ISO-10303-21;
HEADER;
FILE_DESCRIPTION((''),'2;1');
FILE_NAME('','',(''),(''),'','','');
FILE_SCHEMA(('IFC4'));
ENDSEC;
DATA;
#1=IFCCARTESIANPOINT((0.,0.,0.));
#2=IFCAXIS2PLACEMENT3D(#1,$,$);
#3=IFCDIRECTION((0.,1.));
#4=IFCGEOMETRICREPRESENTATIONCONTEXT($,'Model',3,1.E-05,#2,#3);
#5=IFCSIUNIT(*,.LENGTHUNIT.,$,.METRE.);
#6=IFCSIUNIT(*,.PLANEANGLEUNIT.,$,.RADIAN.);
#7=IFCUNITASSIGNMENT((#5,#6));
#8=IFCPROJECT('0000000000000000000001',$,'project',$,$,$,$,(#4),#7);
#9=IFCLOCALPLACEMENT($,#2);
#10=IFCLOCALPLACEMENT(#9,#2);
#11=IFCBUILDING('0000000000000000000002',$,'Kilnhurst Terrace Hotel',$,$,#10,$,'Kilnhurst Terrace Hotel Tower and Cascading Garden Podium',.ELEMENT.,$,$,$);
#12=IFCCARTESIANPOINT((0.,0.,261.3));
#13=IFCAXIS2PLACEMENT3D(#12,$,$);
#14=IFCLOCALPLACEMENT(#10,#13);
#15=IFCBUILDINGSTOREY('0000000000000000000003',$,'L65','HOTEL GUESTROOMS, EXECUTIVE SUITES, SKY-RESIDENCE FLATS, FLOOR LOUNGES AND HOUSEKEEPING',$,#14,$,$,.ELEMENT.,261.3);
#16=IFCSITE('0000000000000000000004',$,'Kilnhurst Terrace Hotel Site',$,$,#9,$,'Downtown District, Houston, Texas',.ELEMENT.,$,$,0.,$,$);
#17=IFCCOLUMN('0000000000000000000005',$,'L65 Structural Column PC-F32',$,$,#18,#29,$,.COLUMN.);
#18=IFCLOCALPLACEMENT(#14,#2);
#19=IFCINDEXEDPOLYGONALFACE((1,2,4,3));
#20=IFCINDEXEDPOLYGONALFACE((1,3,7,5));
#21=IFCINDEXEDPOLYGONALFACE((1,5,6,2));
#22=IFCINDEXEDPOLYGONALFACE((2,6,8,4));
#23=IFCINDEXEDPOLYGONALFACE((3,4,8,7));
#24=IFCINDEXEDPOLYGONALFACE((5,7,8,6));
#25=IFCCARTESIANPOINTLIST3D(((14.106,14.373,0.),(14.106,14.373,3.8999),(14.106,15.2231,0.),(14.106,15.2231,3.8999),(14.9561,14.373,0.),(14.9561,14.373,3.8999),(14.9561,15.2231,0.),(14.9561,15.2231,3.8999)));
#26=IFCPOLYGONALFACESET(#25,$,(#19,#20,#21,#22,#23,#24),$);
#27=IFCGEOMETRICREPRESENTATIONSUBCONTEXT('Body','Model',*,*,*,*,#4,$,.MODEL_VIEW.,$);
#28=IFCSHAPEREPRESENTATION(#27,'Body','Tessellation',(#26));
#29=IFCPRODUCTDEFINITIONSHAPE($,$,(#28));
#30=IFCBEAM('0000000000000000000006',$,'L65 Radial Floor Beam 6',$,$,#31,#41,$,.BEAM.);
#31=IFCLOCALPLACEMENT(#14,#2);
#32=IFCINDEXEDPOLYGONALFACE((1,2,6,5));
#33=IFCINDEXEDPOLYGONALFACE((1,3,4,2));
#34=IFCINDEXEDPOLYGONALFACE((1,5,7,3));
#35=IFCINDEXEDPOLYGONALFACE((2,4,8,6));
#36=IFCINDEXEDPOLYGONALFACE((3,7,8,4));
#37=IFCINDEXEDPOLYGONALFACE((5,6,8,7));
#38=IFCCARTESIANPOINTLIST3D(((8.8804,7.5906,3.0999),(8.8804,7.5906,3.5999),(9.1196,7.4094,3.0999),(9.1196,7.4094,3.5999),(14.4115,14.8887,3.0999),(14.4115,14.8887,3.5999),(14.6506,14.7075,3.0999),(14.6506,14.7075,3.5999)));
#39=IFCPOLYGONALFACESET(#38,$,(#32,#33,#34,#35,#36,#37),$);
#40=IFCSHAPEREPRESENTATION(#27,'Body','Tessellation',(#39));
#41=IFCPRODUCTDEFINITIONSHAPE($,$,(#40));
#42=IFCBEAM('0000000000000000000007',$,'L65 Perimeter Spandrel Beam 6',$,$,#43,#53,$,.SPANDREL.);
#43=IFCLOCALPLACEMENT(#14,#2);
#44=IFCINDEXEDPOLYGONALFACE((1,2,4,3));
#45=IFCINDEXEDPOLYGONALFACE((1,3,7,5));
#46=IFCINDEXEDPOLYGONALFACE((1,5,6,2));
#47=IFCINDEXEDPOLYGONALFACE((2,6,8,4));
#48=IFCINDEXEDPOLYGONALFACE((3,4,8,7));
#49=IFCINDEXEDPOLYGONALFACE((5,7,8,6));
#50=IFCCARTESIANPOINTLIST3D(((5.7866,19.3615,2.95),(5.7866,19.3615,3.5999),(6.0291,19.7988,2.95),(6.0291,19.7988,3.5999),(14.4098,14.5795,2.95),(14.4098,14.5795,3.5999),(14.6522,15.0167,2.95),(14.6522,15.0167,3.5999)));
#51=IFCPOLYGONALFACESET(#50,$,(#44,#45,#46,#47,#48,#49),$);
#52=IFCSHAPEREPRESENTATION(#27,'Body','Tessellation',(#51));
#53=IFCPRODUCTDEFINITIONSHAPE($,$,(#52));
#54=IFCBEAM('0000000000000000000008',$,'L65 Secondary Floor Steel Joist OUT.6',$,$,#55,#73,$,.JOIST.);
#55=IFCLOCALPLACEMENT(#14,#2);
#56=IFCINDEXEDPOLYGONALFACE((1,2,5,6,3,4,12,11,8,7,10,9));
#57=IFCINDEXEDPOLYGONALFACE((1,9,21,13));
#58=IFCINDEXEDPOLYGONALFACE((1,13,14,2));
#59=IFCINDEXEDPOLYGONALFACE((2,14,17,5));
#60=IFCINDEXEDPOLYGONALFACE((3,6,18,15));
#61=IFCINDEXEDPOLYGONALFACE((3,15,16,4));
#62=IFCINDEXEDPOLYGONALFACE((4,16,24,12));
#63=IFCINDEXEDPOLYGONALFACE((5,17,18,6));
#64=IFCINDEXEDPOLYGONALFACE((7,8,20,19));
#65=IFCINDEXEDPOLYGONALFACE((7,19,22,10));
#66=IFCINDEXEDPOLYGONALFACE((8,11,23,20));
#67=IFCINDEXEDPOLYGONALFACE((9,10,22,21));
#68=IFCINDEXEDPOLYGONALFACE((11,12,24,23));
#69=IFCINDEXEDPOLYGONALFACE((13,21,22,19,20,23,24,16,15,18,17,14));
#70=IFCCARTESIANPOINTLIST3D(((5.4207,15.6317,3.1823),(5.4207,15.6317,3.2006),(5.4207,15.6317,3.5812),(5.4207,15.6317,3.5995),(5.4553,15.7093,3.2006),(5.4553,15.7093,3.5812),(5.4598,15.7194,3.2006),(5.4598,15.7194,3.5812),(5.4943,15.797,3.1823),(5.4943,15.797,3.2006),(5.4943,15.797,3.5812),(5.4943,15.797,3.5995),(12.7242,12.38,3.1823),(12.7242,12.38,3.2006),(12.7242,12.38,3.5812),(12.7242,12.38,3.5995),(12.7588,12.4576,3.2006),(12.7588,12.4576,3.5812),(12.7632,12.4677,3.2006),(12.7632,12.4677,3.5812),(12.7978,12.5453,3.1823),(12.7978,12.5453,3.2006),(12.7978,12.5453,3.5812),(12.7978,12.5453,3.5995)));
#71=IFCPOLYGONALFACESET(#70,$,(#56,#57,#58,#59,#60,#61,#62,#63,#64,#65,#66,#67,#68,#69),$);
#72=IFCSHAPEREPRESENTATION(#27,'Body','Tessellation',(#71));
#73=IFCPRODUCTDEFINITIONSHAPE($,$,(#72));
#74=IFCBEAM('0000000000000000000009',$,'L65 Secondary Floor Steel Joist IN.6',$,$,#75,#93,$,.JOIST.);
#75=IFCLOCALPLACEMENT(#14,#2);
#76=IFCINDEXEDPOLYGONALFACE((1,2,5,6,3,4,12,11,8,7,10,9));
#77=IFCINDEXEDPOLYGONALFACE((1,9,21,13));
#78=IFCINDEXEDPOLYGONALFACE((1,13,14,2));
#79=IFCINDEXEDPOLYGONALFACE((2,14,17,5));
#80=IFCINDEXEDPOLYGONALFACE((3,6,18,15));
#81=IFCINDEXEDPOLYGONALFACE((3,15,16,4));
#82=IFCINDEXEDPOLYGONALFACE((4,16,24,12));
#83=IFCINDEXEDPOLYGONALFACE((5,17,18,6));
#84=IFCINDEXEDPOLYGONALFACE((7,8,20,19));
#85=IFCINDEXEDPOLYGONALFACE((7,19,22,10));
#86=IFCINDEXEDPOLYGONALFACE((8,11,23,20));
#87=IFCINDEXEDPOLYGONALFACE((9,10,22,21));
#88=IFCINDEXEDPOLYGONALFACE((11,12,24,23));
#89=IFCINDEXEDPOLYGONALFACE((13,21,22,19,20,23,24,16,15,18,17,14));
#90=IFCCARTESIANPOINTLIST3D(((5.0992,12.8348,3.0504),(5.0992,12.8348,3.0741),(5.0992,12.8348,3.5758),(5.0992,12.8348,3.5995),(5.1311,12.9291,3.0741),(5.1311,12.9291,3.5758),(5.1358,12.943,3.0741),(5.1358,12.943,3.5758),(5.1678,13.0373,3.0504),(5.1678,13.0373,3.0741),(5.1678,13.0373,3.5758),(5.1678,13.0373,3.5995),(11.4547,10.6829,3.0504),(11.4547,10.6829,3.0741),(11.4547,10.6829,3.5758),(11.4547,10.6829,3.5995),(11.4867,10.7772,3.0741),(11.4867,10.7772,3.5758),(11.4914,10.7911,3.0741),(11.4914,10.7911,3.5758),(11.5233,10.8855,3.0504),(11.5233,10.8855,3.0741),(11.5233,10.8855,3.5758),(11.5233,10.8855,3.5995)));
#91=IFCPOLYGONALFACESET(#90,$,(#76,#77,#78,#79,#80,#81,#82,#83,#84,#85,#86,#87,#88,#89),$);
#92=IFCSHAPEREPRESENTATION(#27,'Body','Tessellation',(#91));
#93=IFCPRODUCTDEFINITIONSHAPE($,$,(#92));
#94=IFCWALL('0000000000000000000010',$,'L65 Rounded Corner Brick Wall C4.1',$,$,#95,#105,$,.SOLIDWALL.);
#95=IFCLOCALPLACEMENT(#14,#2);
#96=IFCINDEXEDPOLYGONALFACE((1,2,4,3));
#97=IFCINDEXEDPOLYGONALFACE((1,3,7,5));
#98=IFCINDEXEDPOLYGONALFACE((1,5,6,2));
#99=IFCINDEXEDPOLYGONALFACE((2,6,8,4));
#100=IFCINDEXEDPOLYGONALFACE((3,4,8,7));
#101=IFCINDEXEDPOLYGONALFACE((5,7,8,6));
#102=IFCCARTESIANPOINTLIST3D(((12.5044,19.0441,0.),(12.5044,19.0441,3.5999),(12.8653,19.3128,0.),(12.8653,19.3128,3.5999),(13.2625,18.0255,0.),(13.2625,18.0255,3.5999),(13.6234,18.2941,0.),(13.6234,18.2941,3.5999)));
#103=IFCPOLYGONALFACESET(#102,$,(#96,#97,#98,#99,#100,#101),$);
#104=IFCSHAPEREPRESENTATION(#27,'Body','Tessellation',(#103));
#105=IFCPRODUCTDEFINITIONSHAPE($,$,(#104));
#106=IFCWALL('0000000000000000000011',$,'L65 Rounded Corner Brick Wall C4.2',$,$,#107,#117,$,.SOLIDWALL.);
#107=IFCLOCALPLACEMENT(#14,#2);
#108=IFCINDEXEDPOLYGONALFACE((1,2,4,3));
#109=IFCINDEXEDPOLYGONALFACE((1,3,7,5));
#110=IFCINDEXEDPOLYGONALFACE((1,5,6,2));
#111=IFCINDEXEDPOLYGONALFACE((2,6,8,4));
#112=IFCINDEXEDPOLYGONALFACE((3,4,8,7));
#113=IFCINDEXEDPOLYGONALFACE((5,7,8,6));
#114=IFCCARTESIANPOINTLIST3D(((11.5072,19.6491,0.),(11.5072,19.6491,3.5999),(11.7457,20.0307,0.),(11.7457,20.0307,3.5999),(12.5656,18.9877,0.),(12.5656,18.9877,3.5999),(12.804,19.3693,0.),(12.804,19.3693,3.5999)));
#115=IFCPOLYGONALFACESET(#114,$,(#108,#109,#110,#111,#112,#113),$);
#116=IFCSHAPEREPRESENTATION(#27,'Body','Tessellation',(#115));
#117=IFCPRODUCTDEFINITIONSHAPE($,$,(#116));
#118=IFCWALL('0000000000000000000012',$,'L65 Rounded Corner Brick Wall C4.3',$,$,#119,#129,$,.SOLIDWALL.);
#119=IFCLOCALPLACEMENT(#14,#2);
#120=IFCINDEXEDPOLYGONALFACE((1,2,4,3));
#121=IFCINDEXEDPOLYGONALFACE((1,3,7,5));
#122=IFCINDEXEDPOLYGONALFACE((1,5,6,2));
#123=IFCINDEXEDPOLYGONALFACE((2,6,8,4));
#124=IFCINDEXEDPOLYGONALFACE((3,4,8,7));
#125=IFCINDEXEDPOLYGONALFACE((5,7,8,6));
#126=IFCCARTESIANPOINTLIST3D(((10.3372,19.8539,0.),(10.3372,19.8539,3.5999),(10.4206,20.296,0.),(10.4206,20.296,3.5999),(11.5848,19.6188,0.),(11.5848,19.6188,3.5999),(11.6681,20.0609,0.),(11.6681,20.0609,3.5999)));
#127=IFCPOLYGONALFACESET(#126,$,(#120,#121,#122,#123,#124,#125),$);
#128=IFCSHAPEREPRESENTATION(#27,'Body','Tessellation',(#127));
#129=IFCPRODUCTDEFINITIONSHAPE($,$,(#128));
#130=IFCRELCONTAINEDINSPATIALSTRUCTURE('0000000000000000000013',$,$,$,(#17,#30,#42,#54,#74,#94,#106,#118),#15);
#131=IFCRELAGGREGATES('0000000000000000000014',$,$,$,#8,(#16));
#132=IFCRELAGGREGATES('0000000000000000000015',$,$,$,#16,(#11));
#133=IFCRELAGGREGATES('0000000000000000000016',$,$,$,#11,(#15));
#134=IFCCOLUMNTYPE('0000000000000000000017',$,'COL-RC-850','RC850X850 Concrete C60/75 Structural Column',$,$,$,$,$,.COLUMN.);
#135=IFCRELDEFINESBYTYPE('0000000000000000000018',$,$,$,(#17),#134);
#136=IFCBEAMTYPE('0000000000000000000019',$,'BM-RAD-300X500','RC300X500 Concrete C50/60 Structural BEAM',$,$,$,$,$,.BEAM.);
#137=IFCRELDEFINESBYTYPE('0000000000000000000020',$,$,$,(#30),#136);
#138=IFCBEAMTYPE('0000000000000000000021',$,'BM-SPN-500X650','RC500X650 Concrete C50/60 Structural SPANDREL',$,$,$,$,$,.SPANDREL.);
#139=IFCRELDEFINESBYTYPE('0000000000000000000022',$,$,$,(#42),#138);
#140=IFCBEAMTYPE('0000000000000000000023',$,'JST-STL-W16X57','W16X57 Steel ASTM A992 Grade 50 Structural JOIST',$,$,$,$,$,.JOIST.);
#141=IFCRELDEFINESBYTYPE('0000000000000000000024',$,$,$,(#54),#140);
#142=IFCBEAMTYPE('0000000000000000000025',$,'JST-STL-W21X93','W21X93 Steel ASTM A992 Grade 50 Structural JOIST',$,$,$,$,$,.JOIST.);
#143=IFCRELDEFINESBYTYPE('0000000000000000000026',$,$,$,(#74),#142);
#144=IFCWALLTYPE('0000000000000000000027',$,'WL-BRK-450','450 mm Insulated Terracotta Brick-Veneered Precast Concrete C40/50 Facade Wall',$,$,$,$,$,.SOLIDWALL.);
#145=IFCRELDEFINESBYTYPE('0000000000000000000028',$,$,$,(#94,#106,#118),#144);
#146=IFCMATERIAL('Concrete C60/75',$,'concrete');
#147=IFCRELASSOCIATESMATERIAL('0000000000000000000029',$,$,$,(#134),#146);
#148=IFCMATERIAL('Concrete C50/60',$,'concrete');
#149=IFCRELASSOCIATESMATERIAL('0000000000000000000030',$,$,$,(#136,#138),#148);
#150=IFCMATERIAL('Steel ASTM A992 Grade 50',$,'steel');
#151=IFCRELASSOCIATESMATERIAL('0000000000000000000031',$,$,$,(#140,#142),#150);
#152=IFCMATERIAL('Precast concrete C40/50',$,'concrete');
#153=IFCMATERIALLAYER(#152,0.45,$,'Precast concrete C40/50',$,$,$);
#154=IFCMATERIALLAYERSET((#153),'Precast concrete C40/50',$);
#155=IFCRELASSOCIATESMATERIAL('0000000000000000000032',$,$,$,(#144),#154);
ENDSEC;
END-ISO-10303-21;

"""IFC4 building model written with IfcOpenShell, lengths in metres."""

from ifc_helpers import new_model, si_unit, direction, frame, frame_2d, origin, origin_2d, place, context, subcontext, project, spatial, rectangle, i_section, extrude, material, layer, layer_set, material_profile, profile_set, type_object, element, save


model = new_model("IFC4")

# Units and contexts
model_context = context("Model", 3, precision=1e-05, world=origin(), true_north=direction((0.0, 1.0)))
body_context = subcontext(model_context, "Body", "Model", "MODEL_VIEW")
ifc_project = project(units=[si_unit("LENGTHUNIT", "METRE"), si_unit("PLANEANGLEUNIT", "RADIAN")], contexts=[model_context])

# Site, building, storey
site_placement = place(None, origin())
site = spatial("IfcSite", under=ifc_project, at=site_placement, Name="Kilnhurst Terrace Hotel Site", LongName="Downtown District, Houston, Texas", CompositionType="ELEMENT", RefElevation=0.0)
building_placement = place(site_placement, origin())
building = spatial("IfcBuilding", under=site, at=building_placement, Name="Kilnhurst Terrace Hotel", LongName="Kilnhurst Terrace Hotel Tower and Cascading Garden Podium", CompositionType="ELEMENT")
storey_placement = place(building_placement, frame((0.0, 0.0, 261.3)))
storey = spatial("IfcBuildingStorey", under=building, at=storey_placement, Name="L65", Description="HOTEL GUESTROOMS, EXECUTIVE SUITES, SKY-RESIDENCE FLATS, FLOOR LOUNGES AND HOUSEKEEPING", CompositionType="ELEMENT", Elevation=261.3)

# Column
ifc_material_1 = material(Name="Concrete C60/75", Category="concrete")
ifc_material_profile_1 = material_profile(ifc_material_1, rectangle(XDim=0.8501, YDim=0.8501, at=origin_2d()), Name="RC850X850")
ifc_profile_set_1 = profile_set([ifc_material_profile_1], Name="Concrete C60/75")
column_type = type_object("IfcColumnType", Name="COL-RC-850", Description="RC850X850 Concrete C60/75 Structural Column", PredefinedType="COLUMN", material=ifc_profile_set_1)
column_placement = place(storey_placement, frame((14.531, 14.7981, 0.0), z_axis=(0.0, 0.0, 1.0), x_axis=(1.0, 0.0, 0.0)))
element("IfcColumn", 1, at=column_placement, inside=storey, type_object=column_type, Name="L65 Structural Column PC-F32", PredefinedType="COLUMN", context=body_context, shape_type="SweptSolid", body=[
    extrude(rectangle(XDim=0.8501, YDim=0.8501, at=origin_2d()), origin(), (0.0, 0.0, 1.0), 3.8999),
])

# Beams
ifc_material_2 = material(Name="Concrete C50/60", Category="concrete")
ifc_material_profile_2 = material_profile(ifc_material_2, rectangle(XDim=0.3, YDim=0.5, at=origin_2d()), Name="RC300X500")
ifc_profile_set_2 = profile_set([ifc_material_profile_2], Name="Concrete C50/60")
beam_type_1 = type_object("IfcBeamType", Name="BM-RAD-300X500", Description="RC300X500 Concrete C50/60 Structural BEAM", PredefinedType="BEAM", material=ifc_profile_set_2)
beam_1_placement = place(storey_placement, frame((9.0, 7.5, 3.3499), z_axis=(0.604007, 0.796979, 0.0), x_axis=(-0.796979, 0.604007, 0.0)))
element("IfcBeam", 2, at=beam_1_placement, inside=storey, type_object=beam_type_1, Name="L65 Radial Floor Beam 6", PredefinedType="BEAM", context=body_context, shape_type="SweptSolid", body=[
    extrude(rectangle(XDim=0.3, YDim=0.5, at=origin_2d()), origin(), (0.0, 0.0, 1.0), 9.1572),
])
ifc_material_profile_3 = material_profile(ifc_material_2, rectangle(XDim=0.5, YDim=0.6499, at=origin_2d()), Name="RC500X650")
ifc_profile_set_3 = profile_set([ifc_material_profile_3], Name="Concrete C50/60")
beam_type_2 = type_object("IfcBeamType", Name="BM-SPN-500X650", Description="RC500X650 Concrete C50/60 Structural SPANDREL", PredefinedType="SPANDREL", material=ifc_profile_set_3)
beam_2_placement = place(storey_placement, frame((14.531, 14.7981, 3.2749), z_axis=(-0.874527, 0.484976, 0.0), x_axis=(-0.484976, -0.874527, 0.0)))
element("IfcBeam", 3, at=beam_2_placement, inside=storey, type_object=beam_type_2, Name="L65 Perimeter Spandrel Beam 6", PredefinedType="SPANDREL", context=body_context, shape_type="SweptSolid", body=[
    extrude(rectangle(XDim=0.5, YDim=0.6499, at=origin_2d()), origin(), (0.0, 0.0, 1.0), 9.8604),
])
ifc_material_3 = material(Name="Steel ASTM A992 Grade 50", Category="steel")
ifc_material_profile_4 = material_profile(ifc_material_3, i_section(OverallWidth=0.1809, OverallDepth=0.4172, WebThickness=0.011, FlangeThickness=0.0183, at=origin_2d()), Name="W16X57")
ifc_profile_set_4 = profile_set([ifc_material_profile_4], Name="Steel ASTM A992 Grade 50")
beam_type_3 = type_object("IfcBeamType", Name="JST-STL-W16X57", Description="W16X57 Steel ASTM A992 Grade 50 Structural JOIST", PredefinedType="JOIST", material=ifc_profile_set_4)
beam_3_placement = place(storey_placement, frame((12.761, 12.4626, 3.3909), z_axis=(-0.913546, 0.406736, 0.0), x_axis=(-0.406736, -0.913546, 0.0)))
element("IfcBeam", 4, at=beam_3_placement, inside=storey, type_object=beam_type_3, Name="L65 Secondary Floor Steel Joist OUT.6", PredefinedType="JOIST", context=body_context, shape_type="SweptSolid", body=[
    extrude(i_section(OverallWidth=0.1809, OverallDepth=0.4172, WebThickness=0.011, FlangeThickness=0.0183, at=origin_2d()), origin(), (0.0, 0.0, 1.0), 7.9946),
])
ifc_material_profile_5 = material_profile(ifc_material_3, i_section(OverallWidth=0.2139, OverallDepth=0.5491, WebThickness=0.0146, FlangeThickness=0.0237, at=origin_2d()), Name="W21X93")
ifc_profile_set_5 = profile_set([ifc_material_profile_5], Name="Steel ASTM A992 Grade 50")
beam_type_4 = type_object("IfcBeamType", Name="JST-STL-W21X93", Description="W21X93 Steel ASTM A992 Grade 50 Structural JOIST", PredefinedType="JOIST", material=ifc_profile_set_5)
beam_4_placement = place(storey_placement, frame((11.489, 10.7842, 3.325), z_axis=(-0.947181, 0.3207, 0.0), x_axis=(-0.3207, -0.947181, 0.0)))
element("IfcBeam", 5, at=beam_4_placement, inside=storey, type_object=beam_type_4, Name="L65 Secondary Floor Steel Joist IN.6", PredefinedType="JOIST", context=body_context, shape_type="SweptSolid", body=[
    extrude(i_section(OverallWidth=0.2139, OverallDepth=0.5491, WebThickness=0.0146, FlangeThickness=0.0237, at=origin_2d()), origin(), (0.0, 0.0, 1.0), 6.71),
])

# Walls
ifc_material_4 = material(Name="Precast concrete C40/50", Category="concrete")
ifc_layer_1 = layer(ifc_material_4, 0.45, Name="Precast concrete C40/50")
ifc_layer_set_1 = layer_set([ifc_layer_1], Name="Precast concrete C40/50")
wall_type_1 = type_object("IfcWallType", Name="WL-BRK-450", Description="450 mm Insulated Terracotta Brick-Veneered Precast Concrete C40/50 Facade Wall", PredefinedType="SOLIDWALL", material=ifc_layer_set_1)
wall_1_placement = place(storey_placement, frame((13.4429, 18.1599, 0.0), z_axis=(0.0, 0.0, 1.0), x_axis=(-0.597042, 0.80221, 0.0)))
element("IfcWall", 6, at=wall_1_placement, inside=storey, type_object=wall_type_1, Name="L65 Rounded Corner Brick Wall C4.1", PredefinedType="SOLIDWALL", context=body_context, shape_type="SweptSolid", body=[
    extrude(rectangle(XDim=1.2698, YDim=0.45, at=frame_2d((0.6348, 0.0))), origin(), (0.0, 0.0, 1.0), 3.5999),
])
wall_2_placement = place(storey_placement, frame((12.6848, 19.1785, 0.0), z_axis=(0.0, 0.0, 1.0), x_axis=(-0.848031, 0.529946, 0.0)))
element("IfcWall", 7, at=wall_2_placement, inside=storey, type_object=wall_type_1, Name="L65 Rounded Corner Brick Wall C4.2", PredefinedType="SOLIDWALL", context=body_context, shape_type="SweptSolid", body=[
    extrude(rectangle(XDim=1.248, YDim=0.45, at=frame_2d((0.624, 0.0))), origin(), (0.0, 0.0, 1.0), 3.5999),
])
wall_3_placement = place(storey_placement, frame((11.6265, 19.8398, 0.0), z_axis=(0.0, 0.0, 1.0), x_axis=(-0.982702, 0.185194, 0.0)))
element("IfcWall", 8, at=wall_3_placement, inside=storey, type_object=wall_type_1, Name="L65 Rounded Corner Brick Wall C4.3", PredefinedType="SOLIDWALL", context=body_context, shape_type="SweptSolid", body=[
    extrude(rectangle(XDim=1.2695, YDim=0.45, at=frame_2d((0.6348, 0.0))), origin(), (0.0, 0.0, 1.0), 3.5999),
])

save(model, "model.ifc")
